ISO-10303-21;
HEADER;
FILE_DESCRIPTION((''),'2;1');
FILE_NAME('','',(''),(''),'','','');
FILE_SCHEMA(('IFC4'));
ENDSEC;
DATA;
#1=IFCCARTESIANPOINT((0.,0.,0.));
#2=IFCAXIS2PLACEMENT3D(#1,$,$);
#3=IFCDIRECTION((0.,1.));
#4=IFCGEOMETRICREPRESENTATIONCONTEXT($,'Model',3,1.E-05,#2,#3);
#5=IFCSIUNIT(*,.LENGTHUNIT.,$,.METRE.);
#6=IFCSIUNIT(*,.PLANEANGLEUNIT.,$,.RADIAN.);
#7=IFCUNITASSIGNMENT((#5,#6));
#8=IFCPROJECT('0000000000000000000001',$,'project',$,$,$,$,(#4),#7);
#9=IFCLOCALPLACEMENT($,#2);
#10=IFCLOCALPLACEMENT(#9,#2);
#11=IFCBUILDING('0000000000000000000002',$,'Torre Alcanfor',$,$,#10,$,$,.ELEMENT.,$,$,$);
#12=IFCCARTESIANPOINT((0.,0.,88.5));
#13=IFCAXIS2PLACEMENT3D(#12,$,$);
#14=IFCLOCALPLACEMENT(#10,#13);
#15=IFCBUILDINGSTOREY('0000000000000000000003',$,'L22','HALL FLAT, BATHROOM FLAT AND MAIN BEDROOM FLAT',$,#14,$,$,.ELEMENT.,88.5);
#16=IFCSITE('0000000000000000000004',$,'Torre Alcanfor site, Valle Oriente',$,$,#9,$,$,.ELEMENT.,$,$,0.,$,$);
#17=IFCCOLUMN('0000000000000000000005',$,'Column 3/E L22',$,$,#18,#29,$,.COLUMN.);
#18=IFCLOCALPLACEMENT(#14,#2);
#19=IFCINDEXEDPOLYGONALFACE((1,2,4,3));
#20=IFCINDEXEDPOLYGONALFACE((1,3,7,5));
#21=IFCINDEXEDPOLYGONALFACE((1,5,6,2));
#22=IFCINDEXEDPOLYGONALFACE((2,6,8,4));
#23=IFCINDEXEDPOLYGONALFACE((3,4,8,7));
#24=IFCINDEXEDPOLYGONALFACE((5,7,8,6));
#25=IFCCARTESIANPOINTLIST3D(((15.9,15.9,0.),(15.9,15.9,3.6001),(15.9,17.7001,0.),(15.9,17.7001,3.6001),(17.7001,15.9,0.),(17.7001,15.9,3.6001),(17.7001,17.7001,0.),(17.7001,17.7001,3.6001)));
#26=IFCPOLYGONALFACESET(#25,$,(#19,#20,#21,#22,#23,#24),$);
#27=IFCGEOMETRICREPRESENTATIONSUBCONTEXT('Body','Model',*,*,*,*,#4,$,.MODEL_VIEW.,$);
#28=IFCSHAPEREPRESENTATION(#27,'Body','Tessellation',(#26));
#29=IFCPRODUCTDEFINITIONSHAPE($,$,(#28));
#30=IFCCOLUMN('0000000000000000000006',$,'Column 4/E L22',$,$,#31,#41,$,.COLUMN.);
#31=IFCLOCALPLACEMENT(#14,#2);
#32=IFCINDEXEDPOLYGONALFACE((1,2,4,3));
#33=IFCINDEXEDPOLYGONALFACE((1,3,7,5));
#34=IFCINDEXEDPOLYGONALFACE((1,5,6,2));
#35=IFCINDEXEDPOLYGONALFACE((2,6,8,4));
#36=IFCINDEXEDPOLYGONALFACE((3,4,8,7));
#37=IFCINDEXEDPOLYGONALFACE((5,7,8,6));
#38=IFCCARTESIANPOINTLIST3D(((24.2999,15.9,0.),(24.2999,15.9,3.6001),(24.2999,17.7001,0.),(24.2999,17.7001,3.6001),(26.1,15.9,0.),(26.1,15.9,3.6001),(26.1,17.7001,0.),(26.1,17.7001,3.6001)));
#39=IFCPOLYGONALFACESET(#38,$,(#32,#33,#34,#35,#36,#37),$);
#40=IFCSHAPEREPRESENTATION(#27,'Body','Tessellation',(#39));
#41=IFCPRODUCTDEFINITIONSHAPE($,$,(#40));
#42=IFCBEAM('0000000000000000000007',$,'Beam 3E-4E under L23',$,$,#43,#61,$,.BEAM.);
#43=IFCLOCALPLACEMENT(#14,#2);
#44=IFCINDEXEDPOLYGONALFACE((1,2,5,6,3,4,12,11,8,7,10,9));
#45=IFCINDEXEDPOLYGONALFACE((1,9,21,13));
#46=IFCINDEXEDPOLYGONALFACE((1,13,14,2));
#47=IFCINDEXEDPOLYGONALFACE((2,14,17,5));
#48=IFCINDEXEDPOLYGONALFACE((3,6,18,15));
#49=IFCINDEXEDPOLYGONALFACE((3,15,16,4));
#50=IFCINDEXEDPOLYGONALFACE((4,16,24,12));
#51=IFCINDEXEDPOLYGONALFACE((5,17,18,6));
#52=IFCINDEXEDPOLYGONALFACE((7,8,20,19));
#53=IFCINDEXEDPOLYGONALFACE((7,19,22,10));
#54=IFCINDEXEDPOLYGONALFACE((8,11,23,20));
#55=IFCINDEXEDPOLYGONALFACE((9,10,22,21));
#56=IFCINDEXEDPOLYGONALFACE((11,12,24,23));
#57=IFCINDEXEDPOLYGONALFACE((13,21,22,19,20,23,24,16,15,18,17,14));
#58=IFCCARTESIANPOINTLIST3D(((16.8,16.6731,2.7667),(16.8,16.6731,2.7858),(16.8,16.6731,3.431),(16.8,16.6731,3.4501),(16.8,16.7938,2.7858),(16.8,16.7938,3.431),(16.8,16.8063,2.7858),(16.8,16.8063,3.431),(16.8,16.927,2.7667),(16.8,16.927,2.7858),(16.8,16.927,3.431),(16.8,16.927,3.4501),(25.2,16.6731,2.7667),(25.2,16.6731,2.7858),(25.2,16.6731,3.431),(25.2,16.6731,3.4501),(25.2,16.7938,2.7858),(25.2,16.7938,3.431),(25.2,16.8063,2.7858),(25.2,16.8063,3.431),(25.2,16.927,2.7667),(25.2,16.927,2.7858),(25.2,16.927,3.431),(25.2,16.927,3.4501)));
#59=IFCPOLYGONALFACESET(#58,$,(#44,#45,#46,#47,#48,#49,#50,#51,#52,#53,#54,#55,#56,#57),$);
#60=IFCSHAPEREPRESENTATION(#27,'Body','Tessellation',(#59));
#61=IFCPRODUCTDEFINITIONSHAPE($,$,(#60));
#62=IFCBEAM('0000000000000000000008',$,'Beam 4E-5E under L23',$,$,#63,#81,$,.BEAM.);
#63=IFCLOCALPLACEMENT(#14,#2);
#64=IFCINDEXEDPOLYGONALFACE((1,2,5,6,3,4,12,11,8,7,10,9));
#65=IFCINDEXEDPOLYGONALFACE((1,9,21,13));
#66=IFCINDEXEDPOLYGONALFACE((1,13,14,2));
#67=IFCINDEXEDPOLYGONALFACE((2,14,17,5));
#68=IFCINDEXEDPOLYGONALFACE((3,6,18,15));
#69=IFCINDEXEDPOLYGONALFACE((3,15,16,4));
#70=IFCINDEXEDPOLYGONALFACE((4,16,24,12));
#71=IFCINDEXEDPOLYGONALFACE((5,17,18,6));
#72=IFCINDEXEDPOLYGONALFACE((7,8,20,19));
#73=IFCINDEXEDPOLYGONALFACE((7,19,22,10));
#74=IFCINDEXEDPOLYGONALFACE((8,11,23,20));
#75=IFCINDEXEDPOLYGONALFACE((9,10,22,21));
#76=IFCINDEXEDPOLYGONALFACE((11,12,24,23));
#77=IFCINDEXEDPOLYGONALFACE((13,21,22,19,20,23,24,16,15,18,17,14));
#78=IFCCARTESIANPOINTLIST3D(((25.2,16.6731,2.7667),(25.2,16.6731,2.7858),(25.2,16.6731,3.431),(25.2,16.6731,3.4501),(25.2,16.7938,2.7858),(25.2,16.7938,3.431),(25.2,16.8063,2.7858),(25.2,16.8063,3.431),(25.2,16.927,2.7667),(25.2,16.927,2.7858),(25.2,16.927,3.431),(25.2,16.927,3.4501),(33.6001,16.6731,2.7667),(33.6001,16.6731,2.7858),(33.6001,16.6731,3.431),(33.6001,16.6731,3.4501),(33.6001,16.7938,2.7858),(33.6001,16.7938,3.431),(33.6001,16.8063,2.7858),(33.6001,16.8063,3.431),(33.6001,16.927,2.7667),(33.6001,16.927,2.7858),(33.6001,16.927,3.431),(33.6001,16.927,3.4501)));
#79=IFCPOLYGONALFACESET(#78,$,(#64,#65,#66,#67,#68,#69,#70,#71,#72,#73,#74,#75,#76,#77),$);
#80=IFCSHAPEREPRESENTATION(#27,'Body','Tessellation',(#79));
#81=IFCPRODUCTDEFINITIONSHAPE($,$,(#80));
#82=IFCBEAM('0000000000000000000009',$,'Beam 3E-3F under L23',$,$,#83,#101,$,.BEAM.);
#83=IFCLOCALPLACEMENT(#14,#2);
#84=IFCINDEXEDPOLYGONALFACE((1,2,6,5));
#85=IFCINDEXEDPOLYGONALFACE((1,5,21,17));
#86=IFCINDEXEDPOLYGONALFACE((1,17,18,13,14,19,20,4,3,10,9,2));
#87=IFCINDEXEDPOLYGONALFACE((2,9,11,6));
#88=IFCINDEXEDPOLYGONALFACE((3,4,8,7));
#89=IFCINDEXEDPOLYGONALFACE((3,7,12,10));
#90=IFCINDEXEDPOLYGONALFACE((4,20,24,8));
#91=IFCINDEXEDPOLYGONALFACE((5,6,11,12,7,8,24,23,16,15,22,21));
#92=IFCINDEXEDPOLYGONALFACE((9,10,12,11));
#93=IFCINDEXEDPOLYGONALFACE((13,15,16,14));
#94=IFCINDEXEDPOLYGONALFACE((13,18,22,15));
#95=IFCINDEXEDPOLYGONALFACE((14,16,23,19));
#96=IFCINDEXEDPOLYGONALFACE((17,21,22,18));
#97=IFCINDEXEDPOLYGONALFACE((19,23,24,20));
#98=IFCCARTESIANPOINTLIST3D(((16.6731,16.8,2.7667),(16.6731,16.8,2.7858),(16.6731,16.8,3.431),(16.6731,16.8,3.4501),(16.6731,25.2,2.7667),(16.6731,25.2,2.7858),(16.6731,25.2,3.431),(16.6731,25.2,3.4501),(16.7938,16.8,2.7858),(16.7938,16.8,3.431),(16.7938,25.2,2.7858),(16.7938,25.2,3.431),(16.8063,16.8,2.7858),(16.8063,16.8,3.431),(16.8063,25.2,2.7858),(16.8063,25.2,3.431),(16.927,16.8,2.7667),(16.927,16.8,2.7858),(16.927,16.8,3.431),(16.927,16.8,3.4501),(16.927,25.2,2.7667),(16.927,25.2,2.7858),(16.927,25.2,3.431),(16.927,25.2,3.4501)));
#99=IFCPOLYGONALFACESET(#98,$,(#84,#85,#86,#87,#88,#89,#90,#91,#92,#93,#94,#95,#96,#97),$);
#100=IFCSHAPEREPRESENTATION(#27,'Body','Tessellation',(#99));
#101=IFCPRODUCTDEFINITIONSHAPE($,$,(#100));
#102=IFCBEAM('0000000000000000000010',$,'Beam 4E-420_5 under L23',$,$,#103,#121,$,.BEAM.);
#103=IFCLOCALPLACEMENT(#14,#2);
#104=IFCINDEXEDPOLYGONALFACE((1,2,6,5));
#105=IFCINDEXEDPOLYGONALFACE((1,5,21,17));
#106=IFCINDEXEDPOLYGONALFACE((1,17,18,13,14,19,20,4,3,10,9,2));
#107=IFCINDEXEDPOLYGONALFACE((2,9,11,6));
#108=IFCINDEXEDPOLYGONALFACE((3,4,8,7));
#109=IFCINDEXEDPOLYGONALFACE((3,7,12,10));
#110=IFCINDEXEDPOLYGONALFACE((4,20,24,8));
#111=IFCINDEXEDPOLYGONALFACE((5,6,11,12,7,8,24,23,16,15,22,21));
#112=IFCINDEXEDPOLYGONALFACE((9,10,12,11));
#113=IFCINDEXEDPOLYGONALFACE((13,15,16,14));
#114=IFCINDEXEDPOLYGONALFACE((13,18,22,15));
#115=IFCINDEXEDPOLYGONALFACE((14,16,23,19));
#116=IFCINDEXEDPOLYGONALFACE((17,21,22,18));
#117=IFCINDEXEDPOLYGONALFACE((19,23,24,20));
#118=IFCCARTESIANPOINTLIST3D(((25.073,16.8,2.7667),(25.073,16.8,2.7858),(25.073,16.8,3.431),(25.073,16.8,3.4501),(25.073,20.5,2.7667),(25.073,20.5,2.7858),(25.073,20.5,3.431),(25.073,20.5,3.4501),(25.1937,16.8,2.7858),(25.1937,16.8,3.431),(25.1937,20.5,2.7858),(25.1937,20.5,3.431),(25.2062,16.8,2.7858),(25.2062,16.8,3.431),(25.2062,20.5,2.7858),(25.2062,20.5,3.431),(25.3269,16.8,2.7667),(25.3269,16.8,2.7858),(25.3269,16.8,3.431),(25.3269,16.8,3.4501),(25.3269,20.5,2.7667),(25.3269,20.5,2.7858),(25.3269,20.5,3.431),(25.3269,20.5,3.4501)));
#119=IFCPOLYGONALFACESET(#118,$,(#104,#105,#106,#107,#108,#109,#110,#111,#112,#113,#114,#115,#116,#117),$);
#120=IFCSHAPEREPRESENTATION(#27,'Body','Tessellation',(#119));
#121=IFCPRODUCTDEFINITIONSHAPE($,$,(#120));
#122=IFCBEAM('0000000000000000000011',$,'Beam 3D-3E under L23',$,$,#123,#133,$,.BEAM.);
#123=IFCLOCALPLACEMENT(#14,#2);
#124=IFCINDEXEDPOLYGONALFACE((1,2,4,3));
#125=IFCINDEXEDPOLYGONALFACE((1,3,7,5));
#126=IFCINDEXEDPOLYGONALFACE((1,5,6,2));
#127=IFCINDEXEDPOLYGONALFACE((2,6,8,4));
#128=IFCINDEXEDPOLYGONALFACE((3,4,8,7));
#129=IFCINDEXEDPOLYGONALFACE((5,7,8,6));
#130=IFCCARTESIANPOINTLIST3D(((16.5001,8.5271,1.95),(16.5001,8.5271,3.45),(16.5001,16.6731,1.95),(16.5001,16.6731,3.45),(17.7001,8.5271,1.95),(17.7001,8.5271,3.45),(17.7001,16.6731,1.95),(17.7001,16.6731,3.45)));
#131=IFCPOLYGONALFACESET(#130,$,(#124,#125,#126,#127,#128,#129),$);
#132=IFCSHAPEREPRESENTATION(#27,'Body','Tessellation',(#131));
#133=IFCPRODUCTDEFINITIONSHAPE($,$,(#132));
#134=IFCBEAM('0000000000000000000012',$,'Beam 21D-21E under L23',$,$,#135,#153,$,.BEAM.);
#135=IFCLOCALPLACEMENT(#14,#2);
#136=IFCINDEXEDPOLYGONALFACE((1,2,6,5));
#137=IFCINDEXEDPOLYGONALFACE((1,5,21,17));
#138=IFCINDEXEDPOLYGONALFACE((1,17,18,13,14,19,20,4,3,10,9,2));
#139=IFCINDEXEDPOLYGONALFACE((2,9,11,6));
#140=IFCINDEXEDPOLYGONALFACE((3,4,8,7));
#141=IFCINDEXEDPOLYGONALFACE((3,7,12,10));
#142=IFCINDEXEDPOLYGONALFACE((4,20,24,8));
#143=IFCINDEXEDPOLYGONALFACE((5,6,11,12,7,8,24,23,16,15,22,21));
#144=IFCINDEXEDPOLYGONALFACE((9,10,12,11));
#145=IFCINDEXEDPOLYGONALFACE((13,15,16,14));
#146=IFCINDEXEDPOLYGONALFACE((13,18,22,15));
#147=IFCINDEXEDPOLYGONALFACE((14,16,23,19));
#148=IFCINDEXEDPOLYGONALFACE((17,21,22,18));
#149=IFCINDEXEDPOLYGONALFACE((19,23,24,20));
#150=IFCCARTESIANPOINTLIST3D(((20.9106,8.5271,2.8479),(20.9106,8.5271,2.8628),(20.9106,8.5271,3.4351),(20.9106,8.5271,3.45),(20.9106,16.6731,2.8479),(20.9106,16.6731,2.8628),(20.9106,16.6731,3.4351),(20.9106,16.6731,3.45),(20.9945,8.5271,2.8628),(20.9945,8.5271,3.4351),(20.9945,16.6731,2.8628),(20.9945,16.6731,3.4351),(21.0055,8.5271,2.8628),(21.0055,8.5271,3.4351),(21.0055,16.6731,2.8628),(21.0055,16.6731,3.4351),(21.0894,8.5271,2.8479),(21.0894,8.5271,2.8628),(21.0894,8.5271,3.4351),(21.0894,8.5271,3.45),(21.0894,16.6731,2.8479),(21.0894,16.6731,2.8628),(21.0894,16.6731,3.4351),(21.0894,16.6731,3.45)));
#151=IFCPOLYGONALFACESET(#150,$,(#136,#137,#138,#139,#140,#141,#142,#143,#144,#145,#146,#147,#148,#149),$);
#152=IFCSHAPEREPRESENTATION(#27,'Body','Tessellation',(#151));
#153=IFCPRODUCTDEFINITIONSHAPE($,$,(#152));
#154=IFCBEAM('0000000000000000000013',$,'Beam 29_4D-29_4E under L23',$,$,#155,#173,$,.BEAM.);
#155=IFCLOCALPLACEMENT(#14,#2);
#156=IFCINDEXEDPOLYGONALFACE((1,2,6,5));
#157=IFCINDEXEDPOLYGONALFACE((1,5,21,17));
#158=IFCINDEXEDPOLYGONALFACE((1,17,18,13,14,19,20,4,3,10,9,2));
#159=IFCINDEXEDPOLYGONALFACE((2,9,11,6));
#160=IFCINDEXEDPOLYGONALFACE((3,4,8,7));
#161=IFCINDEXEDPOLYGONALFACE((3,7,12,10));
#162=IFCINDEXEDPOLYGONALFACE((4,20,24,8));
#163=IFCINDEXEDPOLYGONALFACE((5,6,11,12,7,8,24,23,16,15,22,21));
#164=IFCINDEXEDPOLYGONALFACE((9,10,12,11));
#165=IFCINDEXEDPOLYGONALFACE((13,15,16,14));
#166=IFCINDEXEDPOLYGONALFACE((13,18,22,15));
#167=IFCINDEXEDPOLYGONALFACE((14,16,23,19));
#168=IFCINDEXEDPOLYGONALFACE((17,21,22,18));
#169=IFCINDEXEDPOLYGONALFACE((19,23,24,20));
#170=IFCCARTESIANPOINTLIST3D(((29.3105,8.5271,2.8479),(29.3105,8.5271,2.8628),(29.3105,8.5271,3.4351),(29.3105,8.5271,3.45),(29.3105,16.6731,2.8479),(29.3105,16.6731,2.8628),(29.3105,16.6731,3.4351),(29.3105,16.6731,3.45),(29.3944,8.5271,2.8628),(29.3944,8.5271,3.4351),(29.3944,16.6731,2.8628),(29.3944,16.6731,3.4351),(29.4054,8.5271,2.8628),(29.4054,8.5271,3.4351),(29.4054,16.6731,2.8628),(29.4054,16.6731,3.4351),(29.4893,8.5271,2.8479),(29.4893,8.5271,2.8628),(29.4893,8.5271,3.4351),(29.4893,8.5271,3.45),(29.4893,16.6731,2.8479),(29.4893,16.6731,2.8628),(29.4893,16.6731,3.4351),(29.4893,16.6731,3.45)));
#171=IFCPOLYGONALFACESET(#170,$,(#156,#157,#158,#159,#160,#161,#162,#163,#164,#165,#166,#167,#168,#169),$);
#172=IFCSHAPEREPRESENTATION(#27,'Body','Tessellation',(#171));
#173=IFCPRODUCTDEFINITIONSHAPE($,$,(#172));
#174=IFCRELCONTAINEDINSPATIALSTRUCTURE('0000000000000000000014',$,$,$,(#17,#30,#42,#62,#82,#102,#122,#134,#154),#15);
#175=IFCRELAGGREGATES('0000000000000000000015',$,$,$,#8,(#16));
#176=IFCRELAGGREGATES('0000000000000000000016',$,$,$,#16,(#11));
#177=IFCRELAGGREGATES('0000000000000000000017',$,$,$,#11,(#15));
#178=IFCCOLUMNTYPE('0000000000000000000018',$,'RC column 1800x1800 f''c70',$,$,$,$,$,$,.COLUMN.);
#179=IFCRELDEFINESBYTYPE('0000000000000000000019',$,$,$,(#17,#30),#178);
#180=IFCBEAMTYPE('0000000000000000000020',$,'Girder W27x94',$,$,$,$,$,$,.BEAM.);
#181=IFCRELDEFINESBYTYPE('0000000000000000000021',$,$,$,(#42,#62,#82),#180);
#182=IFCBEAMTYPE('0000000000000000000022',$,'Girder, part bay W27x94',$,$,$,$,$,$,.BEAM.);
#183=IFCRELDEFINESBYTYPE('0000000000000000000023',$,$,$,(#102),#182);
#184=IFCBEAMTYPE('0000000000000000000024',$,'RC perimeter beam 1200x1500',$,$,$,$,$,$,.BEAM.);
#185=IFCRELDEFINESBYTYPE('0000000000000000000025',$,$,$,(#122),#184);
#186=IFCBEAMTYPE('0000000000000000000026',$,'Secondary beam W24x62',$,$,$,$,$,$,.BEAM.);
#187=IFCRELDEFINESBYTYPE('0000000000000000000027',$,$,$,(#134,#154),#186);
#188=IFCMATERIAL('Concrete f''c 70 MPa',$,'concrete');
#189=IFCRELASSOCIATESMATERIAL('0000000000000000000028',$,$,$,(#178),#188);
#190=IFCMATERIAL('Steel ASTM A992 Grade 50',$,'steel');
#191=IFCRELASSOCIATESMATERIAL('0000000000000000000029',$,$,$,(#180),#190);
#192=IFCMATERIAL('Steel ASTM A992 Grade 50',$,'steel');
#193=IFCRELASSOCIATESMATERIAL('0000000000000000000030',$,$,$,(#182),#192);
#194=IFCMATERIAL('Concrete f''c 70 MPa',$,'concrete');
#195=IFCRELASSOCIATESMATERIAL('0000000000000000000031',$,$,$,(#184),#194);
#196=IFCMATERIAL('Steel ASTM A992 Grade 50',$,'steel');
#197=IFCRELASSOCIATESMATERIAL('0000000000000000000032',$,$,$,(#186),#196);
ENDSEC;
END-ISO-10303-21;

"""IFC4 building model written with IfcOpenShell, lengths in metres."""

from ifc_helpers import new_model, si_unit, direction, frame, origin, origin_2d, place, context, subcontext, project, spatial, rectangle, i_section, extrude, material, material_profile, profile_set, type_object, element, save


model = new_model("IFC4")

# Units and contexts
model_context = context("Model", 3, precision=1e-05, world=origin(), true_north=direction((0.0, 1.0)))
body_context = subcontext(model_context, "Body", "Model", "MODEL_VIEW")
ifc_project = project(units=[si_unit("LENGTHUNIT", "METRE"), si_unit("PLANEANGLEUNIT", "RADIAN")], contexts=[model_context])

# Site, building, storey
site_placement = place(None, origin())
site = spatial("IfcSite", under=ifc_project, at=site_placement, Name="Torre Alcanfor site, Valle Oriente", CompositionType="ELEMENT", RefElevation=0.0)
building_placement = place(site_placement, origin())
building = spatial("IfcBuilding", under=site, at=building_placement, Name="Torre Alcanfor", CompositionType="ELEMENT")
storey_placement = place(building_placement, frame((0.0, 0.0, 88.5)))
storey = spatial("IfcBuildingStorey", under=building, at=storey_placement, Name="L22", Description="HALL FLAT, BATHROOM FLAT AND MAIN BEDROOM FLAT", CompositionType="ELEMENT", Elevation=88.5)

# Columns
ifc_material_1 = material(Name="Concrete f'c 70 MPa", Category="concrete")
ifc_material_profile_1 = material_profile(ifc_material_1, rectangle(XDim=1.8, YDim=1.8, at=origin_2d()), Name="1800x1800")
ifc_profile_set_1 = profile_set([ifc_material_profile_1], Name="Concrete f'c 70 MPa")
column_type = type_object("IfcColumnType", Name="RC column 1800x1800 f'c70", PredefinedType="COLUMN", material=ifc_profile_set_1)
for number, where, z_axis, x_axis, name in (
    (1, (16.8, 16.8, 0.0), (0.0, 0.0, 1.0), (1.0, 0.0, 0.0), "Column 3/E L22"),
    (2, (25.2, 16.8, 0.0), (0.0, 0.0, 1.0), (1.0, 0.0, 0.0), "Column 4/E L22"),
):
    element("IfcColumn", number, at=place(storey_placement, frame(where, z_axis=z_axis, x_axis=x_axis)), inside=storey, type_object=column_type, Name=name, PredefinedType="COLUMN", context=body_context, shape_type="SweptSolid", body=[
        extrude(rectangle(XDim=1.8, YDim=1.8, at=origin_2d()), origin(), (0.0, 0.0, 1.0), 3.6001),
    ])

# Beams
ifc_material_2 = material(Name="Steel ASTM A992 Grade 50", Category="steel")
ifc_material_profile_2 = material_profile(ifc_material_2, i_section(OverallWidth=0.2539, OverallDepth=0.6833, WebThickness=0.0125, FlangeThickness=0.019, at=origin_2d()), Name="W27x94")
ifc_profile_set_2 = profile_set([ifc_material_profile_2], Name="Steel ASTM A992 Grade 50")
beam_type_1 = type_object("IfcBeamType", Name="Girder W27x94", PredefinedType="BEAM", material=ifc_profile_set_2)
beam_1_placement = place(storey_placement, frame((16.8, 16.8, 3.1084), z_axis=(1.0, 0.0, 0.0), x_axis=(0.0, 1.0, 0.0)))
element("IfcBeam", 3, at=beam_1_placement, inside=storey, type_object=beam_type_1, Name="Beam 3E-4E under L23", PredefinedType="BEAM", context=body_context, shape_type="SweptSolid", body=[
    extrude(i_section(OverallWidth=0.2539, OverallDepth=0.6833, WebThickness=0.0125, FlangeThickness=0.019, at=origin_2d()), origin(), (0.0, 0.0, 1.0), 8.3999),
])
beam_2_placement = place(storey_placement, frame((25.2, 16.8, 3.1084), z_axis=(1.0, 0.0, 0.0), x_axis=(0.0, 1.0, 0.0)))
element("IfcBeam", 4, at=beam_2_placement, inside=storey, type_object=beam_type_1, Name="Beam 4E-5E under L23", PredefinedType="BEAM", context=body_context, shape_type="SweptSolid", body=[
    extrude(i_section(OverallWidth=0.2539, OverallDepth=0.6833, WebThickness=0.0125, FlangeThickness=0.019, at=origin_2d()), origin(), (0.0, 0.0, 1.0), 8.4001),
])
beam_3_placement = place(storey_placement, frame((16.8, 16.8, 3.1084), z_axis=(0.0, 1.0, 0.0), x_axis=(-1.0, 0.0, 0.0)))
element("IfcBeam", 5, at=beam_3_placement, inside=storey, type_object=beam_type_1, Name="Beam 3E-3F under L23", PredefinedType="BEAM", context=body_context, shape_type="SweptSolid", body=[
    extrude(i_section(OverallWidth=0.2539, OverallDepth=0.6833, WebThickness=0.0125, FlangeThickness=0.019, at=origin_2d()), origin(), (0.0, 0.0, 1.0), 8.3999),
])
ifc_material_3 = material(Name="Steel ASTM A992 Grade 50", Category="steel")
ifc_material_profile_3 = material_profile(ifc_material_3, i_section(OverallWidth=0.2539, OverallDepth=0.6833, WebThickness=0.0125, FlangeThickness=0.019, at=origin_2d()), Name="W27x94")
ifc_profile_set_3 = profile_set([ifc_material_profile_3], Name="Steel ASTM A992 Grade 50")
beam_type_2 = type_object("IfcBeamType", Name="Girder, part bay W27x94", PredefinedType="BEAM", material=ifc_profile_set_3)
beam_4_placement = place(storey_placement, frame((25.2, 16.8, 3.1084), z_axis=(0.0, 1.0, 0.0), x_axis=(-1.0, 0.0, 0.0)))
element("IfcBeam", 6, at=beam_4_placement, inside=storey, type_object=beam_type_2, Name="Beam 4E-420_5 under L23", PredefinedType="BEAM", context=body_context, shape_type="SweptSolid", body=[
    extrude(i_section(OverallWidth=0.2539, OverallDepth=0.6833, WebThickness=0.0125, FlangeThickness=0.019, at=origin_2d()), origin(), (0.0, 0.0, 1.0), 3.7),
])
ifc_material_4 = material(Name="Concrete f'c 70 MPa", Category="concrete")
ifc_material_profile_4 = material_profile(ifc_material_4, rectangle(XDim=1.2, YDim=1.5, at=origin_2d()), Name="1200x1500")
ifc_profile_set_4 = profile_set([ifc_material_profile_4], Name="Concrete f'c 70 MPa")
beam_type_3 = type_object("IfcBeamType", Name="RC perimeter beam 1200x1500", PredefinedType="BEAM", material=ifc_profile_set_4)
beam_5_placement = place(storey_placement, frame((17.1001, 8.5271, 2.7), z_axis=(0.0, 1.0, 0.0), x_axis=(-1.0, 0.0, 0.0)))
element("IfcBeam", 7, at=beam_5_placement, inside=storey, type_object=beam_type_3, Name="Beam 3D-3E under L23", PredefinedType="BEAM", context=body_context, shape_type="SweptSolid", body=[
    extrude(rectangle(XDim=1.2, YDim=1.5, at=origin_2d()), origin(), (0.0, 0.0, 1.0), 8.146),
])
ifc_material_5 = material(Name="Steel ASTM A992 Grade 50", Category="steel")
ifc_material_profile_5 = material_profile(ifc_material_5, i_section(OverallWidth=0.1787, OverallDepth=0.6021, WebThickness=0.011, FlangeThickness=0.0149, at=origin_2d()), Name="W24x62")
ifc_profile_set_5 = profile_set([ifc_material_profile_5], Name="Steel ASTM A992 Grade 50")
beam_type_4 = type_object("IfcBeamType", Name="Secondary beam W24x62", PredefinedType="BEAM", material=ifc_profile_set_5)
for number, where, z_axis, x_axis, name in (
    (8, (21.0, 8.5271, 3.1489), (0.0, 1.0, 0.0), (-1.0, 0.0, 0.0), "Beam 21D-21E under L23"),
    (9, (29.3999, 8.5271, 3.1489), (0.0, 1.0, 0.0), (-1.0, 0.0, 0.0), "Beam 29_4D-29_4E under L23"),
):
    element("IfcBeam", number, at=place(storey_placement, frame(where, z_axis=z_axis, x_axis=x_axis)), inside=storey, type_object=beam_type_4, Name=name, PredefinedType="BEAM", context=body_context, shape_type="SweptSolid", body=[
        extrude(i_section(OverallWidth=0.1787, OverallDepth=0.6021, WebThickness=0.011, FlangeThickness=0.0149, at=origin_2d()), origin(), (0.0, 0.0, 1.0), 8.146),
    ])

save(model, "model.ifc")
